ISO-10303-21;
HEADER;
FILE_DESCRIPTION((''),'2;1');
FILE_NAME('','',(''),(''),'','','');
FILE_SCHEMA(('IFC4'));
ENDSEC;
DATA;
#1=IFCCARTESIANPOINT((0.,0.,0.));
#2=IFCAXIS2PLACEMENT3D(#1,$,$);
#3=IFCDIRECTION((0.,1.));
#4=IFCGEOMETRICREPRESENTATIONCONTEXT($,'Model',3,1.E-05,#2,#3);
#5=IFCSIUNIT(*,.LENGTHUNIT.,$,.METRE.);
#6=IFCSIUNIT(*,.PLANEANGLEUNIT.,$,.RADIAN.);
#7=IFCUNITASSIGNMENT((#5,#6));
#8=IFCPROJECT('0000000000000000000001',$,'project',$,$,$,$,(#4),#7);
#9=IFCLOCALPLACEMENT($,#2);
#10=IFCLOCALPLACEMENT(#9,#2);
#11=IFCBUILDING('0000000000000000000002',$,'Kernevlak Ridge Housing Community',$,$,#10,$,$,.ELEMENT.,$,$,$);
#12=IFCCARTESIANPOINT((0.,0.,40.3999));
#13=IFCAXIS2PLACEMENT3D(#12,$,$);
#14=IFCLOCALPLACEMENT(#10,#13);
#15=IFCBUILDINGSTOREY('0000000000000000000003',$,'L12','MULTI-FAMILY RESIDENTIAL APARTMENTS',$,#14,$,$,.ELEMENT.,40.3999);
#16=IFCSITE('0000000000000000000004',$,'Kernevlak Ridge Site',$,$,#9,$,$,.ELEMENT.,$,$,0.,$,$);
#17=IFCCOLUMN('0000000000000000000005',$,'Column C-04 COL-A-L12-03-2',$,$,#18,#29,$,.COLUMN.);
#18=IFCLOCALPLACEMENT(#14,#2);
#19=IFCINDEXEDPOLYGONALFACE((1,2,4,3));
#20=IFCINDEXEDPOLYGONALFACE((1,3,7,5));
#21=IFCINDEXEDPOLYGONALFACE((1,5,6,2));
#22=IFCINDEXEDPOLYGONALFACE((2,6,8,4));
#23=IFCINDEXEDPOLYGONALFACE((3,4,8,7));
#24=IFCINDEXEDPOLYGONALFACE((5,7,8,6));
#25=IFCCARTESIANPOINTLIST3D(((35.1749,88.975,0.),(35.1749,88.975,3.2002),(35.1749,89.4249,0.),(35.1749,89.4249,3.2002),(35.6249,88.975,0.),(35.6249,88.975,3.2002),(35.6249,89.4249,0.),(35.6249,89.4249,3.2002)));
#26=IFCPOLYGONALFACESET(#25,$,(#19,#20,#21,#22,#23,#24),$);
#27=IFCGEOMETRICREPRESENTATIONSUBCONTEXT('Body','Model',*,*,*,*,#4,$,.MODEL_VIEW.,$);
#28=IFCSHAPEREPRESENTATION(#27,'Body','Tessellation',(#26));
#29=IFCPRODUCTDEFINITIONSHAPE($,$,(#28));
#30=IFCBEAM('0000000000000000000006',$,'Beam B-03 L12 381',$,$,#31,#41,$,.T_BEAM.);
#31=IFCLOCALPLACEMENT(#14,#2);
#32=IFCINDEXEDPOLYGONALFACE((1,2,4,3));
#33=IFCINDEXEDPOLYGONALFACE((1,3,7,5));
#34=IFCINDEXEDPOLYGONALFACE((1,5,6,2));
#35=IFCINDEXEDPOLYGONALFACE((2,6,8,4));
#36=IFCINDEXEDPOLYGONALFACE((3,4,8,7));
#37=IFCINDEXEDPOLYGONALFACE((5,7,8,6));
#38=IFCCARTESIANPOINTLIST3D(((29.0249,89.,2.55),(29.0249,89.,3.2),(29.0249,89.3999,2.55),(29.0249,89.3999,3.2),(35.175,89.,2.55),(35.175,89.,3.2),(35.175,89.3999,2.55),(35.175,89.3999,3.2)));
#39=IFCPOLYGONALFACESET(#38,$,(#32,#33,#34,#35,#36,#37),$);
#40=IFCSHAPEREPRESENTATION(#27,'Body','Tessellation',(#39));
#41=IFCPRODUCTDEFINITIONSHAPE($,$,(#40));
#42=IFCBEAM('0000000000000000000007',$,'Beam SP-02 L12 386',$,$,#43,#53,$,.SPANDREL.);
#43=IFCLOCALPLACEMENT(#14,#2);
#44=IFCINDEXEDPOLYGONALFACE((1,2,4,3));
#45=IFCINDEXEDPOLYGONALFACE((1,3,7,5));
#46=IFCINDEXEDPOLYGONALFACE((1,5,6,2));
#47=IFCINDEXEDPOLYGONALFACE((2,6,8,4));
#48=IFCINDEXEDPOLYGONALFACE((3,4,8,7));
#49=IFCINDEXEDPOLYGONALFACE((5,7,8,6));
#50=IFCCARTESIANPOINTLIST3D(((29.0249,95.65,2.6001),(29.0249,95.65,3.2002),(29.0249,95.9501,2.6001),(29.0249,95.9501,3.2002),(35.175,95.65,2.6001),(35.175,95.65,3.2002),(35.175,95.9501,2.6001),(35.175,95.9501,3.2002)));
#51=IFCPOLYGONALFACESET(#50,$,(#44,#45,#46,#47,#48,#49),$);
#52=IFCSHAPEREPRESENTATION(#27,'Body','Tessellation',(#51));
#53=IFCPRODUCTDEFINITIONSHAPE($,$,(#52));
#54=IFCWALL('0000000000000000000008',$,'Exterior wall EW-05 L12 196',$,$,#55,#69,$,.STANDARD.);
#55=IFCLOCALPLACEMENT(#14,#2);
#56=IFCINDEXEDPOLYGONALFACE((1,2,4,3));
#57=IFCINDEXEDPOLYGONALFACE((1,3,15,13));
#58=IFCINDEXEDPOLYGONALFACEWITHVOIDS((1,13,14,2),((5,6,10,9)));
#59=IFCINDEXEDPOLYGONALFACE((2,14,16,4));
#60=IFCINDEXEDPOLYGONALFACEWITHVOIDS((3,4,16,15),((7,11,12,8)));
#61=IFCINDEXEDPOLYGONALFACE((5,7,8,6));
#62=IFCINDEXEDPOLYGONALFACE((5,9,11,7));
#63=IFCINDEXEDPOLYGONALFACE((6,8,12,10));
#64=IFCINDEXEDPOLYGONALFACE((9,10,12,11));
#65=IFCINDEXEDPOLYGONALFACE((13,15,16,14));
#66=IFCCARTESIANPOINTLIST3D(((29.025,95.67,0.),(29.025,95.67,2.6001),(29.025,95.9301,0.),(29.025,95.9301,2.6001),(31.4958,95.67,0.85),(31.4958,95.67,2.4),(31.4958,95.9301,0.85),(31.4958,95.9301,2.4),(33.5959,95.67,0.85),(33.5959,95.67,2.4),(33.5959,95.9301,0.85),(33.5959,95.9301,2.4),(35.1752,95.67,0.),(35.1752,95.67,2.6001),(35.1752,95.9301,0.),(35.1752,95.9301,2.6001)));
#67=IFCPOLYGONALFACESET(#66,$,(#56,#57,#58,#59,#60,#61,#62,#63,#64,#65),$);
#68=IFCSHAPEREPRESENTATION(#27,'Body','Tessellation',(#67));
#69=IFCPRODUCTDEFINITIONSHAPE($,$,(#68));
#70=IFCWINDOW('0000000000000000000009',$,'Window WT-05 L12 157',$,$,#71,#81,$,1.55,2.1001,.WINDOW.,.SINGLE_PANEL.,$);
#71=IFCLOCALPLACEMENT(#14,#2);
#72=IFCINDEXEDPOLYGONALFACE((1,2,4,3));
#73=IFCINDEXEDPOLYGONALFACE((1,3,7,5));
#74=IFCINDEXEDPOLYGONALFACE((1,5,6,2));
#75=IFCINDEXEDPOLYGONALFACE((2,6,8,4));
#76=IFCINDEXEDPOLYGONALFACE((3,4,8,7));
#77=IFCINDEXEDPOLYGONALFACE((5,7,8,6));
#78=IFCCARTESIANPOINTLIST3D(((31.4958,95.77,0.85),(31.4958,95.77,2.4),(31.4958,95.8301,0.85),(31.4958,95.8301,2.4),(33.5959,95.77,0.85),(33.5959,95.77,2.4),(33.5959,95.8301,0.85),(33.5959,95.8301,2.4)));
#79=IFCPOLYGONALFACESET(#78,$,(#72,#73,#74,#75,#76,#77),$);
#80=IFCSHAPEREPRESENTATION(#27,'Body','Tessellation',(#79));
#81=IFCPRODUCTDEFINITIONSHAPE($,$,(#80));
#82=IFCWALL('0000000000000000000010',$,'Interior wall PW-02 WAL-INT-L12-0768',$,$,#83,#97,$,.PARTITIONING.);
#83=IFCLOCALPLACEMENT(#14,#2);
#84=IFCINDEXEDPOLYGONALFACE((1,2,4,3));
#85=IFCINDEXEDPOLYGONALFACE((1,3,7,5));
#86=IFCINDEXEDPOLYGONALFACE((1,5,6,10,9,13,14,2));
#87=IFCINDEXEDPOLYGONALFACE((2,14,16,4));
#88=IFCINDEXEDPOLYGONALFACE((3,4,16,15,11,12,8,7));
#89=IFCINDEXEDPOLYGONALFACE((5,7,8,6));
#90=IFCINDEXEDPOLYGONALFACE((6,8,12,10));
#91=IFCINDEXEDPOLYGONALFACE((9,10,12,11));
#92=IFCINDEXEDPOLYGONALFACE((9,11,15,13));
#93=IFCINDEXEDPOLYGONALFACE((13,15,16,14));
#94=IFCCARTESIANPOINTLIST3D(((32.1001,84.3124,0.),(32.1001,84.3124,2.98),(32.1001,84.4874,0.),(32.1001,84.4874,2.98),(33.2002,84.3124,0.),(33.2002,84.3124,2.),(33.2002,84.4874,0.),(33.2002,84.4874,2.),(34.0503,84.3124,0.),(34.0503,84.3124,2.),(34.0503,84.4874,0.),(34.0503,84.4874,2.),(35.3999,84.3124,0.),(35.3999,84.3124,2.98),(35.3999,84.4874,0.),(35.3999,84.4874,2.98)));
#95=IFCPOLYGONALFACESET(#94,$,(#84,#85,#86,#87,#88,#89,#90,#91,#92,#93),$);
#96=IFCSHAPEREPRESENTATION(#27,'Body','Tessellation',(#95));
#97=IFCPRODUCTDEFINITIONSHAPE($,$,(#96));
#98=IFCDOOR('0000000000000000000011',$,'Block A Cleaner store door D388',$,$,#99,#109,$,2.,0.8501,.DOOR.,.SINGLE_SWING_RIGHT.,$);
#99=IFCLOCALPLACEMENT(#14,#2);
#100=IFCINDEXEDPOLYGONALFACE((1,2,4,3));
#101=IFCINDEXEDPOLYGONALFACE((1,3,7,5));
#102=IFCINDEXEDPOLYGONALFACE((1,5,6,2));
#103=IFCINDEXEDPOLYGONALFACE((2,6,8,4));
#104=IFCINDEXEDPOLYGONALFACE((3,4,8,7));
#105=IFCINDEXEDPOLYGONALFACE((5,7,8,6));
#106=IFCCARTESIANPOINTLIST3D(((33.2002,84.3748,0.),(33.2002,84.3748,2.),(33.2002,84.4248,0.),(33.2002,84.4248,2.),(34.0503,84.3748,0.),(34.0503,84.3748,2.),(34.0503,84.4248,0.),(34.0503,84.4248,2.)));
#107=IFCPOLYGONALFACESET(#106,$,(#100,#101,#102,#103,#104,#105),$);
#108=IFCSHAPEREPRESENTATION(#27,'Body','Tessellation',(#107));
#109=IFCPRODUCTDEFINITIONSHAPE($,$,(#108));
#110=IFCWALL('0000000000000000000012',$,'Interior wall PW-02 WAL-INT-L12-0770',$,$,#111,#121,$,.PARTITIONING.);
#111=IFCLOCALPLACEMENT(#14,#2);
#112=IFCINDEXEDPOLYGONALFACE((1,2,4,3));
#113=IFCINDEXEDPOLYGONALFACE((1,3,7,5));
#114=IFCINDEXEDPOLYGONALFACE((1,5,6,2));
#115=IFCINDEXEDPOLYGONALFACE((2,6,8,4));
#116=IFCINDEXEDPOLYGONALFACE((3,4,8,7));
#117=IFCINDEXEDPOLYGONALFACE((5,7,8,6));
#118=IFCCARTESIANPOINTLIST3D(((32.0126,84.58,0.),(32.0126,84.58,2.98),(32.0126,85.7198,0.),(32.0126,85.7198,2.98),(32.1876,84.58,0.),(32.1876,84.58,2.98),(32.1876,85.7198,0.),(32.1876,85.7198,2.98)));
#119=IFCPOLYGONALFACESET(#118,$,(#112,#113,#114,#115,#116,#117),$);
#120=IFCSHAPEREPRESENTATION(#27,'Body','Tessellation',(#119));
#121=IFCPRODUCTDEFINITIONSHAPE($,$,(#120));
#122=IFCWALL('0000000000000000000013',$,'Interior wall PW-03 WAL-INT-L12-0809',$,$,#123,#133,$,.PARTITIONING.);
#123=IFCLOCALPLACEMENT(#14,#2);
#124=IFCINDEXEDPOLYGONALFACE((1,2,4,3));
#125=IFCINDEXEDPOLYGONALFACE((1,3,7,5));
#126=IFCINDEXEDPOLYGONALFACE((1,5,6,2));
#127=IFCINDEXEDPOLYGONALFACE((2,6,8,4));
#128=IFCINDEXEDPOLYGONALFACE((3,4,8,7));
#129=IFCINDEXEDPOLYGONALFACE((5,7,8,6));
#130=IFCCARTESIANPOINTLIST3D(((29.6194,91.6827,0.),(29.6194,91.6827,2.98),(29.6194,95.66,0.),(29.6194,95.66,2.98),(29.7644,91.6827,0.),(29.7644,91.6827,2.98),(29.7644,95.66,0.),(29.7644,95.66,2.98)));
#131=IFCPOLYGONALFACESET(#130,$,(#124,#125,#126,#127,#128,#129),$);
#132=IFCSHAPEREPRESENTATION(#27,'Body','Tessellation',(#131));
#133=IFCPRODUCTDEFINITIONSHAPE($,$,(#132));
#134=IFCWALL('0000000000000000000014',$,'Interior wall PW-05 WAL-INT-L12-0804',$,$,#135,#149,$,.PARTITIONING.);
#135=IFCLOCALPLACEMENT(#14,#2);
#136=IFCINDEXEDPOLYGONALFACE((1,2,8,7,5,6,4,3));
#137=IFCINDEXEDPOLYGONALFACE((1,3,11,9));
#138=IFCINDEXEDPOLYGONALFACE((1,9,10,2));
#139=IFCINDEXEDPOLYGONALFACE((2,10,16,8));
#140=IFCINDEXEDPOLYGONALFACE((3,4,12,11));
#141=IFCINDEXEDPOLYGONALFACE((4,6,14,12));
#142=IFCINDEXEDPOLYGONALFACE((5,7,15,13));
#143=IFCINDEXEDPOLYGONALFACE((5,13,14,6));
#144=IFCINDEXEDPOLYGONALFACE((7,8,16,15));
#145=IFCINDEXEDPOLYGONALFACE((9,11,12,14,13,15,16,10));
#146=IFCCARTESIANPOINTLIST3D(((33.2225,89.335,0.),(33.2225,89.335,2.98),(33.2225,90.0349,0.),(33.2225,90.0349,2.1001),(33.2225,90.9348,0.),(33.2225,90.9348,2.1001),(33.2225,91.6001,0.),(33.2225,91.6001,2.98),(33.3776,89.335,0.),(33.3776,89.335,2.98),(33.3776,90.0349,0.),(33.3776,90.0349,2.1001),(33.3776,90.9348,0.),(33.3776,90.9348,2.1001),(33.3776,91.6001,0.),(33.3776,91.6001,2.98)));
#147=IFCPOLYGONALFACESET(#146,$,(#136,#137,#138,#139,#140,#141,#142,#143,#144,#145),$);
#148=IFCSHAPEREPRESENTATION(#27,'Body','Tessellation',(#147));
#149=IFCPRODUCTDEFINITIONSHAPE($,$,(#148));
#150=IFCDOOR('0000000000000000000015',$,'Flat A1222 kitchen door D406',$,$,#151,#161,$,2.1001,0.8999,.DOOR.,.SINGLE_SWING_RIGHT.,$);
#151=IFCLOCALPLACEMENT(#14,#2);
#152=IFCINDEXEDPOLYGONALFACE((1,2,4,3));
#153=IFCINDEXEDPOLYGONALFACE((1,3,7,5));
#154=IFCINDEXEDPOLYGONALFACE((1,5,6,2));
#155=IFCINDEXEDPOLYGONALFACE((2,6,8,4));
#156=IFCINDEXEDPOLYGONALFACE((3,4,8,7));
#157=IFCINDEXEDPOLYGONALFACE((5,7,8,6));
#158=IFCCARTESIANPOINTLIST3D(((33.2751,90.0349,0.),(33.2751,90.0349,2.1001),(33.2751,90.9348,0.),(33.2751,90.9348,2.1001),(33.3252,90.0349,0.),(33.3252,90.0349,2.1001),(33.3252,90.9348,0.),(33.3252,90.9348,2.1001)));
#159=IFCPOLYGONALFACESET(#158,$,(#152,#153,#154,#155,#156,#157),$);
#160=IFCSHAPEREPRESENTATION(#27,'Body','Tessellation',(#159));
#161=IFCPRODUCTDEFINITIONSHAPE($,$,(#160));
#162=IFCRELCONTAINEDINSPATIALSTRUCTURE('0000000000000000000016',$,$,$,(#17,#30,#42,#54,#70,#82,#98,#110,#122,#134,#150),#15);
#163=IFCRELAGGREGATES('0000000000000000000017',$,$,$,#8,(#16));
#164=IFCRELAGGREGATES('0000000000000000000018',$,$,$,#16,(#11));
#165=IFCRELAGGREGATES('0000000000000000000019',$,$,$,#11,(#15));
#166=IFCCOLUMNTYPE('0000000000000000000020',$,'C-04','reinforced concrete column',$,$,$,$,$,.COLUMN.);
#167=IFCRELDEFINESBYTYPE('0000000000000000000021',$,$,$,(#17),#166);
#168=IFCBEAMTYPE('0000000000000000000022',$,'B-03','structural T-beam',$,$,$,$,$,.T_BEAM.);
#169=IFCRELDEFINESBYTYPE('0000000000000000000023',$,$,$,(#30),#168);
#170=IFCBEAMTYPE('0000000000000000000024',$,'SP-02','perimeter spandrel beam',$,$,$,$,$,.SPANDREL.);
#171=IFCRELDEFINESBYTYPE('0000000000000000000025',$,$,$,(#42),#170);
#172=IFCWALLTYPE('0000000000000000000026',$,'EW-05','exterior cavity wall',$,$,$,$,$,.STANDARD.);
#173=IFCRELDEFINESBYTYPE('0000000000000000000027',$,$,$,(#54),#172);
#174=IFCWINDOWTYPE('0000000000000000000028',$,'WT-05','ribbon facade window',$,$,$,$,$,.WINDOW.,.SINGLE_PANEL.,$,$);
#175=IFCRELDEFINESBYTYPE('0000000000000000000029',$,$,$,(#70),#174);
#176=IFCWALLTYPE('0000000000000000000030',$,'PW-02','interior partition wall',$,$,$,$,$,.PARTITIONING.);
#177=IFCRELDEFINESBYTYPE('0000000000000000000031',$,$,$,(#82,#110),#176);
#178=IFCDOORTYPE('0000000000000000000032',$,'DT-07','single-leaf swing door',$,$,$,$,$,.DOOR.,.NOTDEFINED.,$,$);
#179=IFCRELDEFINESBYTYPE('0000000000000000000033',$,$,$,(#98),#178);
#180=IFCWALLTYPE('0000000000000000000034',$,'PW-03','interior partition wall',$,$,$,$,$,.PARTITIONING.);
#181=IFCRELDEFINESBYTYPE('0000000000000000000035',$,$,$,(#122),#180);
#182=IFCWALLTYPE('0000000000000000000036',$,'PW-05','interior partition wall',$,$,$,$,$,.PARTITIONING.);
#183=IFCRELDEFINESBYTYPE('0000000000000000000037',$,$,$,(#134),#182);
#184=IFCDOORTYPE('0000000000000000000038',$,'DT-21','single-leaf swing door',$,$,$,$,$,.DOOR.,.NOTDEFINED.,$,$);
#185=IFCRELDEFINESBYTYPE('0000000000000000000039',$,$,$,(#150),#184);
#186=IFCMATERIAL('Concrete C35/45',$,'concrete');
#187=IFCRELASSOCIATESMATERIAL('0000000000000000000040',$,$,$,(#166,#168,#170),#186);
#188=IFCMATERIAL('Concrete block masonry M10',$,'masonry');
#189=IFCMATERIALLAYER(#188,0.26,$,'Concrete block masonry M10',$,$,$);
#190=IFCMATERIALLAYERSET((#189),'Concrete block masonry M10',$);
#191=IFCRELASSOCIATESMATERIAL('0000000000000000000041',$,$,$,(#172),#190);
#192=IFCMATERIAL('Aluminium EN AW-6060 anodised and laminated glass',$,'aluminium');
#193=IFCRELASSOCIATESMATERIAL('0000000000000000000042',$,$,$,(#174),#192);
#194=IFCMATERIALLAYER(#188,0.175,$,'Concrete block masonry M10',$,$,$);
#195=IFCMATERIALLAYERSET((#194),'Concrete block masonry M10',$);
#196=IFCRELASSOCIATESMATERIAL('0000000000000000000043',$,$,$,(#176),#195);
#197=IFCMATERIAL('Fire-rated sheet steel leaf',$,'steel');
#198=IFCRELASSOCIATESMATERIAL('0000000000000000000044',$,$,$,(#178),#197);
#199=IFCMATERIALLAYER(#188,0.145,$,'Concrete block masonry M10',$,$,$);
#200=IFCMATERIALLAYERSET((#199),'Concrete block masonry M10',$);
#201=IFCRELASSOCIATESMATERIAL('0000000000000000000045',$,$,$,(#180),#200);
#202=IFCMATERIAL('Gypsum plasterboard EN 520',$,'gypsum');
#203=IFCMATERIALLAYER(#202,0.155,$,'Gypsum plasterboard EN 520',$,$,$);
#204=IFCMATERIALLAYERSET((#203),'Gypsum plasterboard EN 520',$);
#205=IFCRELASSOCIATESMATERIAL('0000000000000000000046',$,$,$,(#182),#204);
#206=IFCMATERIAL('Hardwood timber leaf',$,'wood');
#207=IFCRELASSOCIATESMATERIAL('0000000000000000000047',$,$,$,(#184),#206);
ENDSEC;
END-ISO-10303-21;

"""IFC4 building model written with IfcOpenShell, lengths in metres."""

from ifc_helpers import new_model, si_unit, direction, frame, frame_2d, origin, origin_2d, place, context, subcontext, project, spatial, rectangle, extrude, material, layer, layer_set, material_profile, profile_set, type_object, element, fill, save


model = new_model("IFC4")

# Units and contexts
model_context = context("Model", 3, precision=1e-05, world=origin(), true_north=direction((0.0, 1.0)))
body_context = subcontext(model_context, "Body", "Model", "MODEL_VIEW")
ifc_project = project(units=[si_unit("LENGTHUNIT", "METRE"), si_unit("PLANEANGLEUNIT", "RADIAN")], contexts=[model_context])

# Site, building, storey
site_placement = place(None, origin())
site = spatial("IfcSite", under=ifc_project, at=site_placement, Name="Kernevlak Ridge Site", CompositionType="ELEMENT", RefElevation=0.0)
building_placement = place(site_placement, origin())
building = spatial("IfcBuilding", under=site, at=building_placement, Name="Kernevlak Ridge Housing Community", CompositionType="ELEMENT")
storey_placement = place(building_placement, frame((0.0, 0.0, 40.3999)))
storey = spatial("IfcBuildingStorey", under=building, at=storey_placement, Name="L12", Description="MULTI-FAMILY RESIDENTIAL APARTMENTS", CompositionType="ELEMENT", Elevation=40.3999)

# Column
ifc_material_1 = material(Name="Concrete C35/45", Category="concrete")
ifc_material_profile_1 = material_profile(ifc_material_1, rectangle(XDim=0.45, YDim=0.45, at=origin_2d()), Name="RC 450x450")
ifc_profile_set_1 = profile_set([ifc_material_profile_1], Name="Concrete C35/45")
column_type = type_object("IfcColumnType", Name="C-04", Description="reinforced concrete column", PredefinedType="COLUMN", material=ifc_profile_set_1)
column_placement = place(storey_placement, frame((35.3999, 89.2, 0.0), z_axis=(0.0, 0.0, 1.0), x_axis=(1.0, 0.0, 0.0)))
element("IfcColumn", 1, at=column_placement, inside=storey, type_object=column_type, Name="Column C-04 COL-A-L12-03-2", PredefinedType="COLUMN", context=body_context, shape_type="SweptSolid", body=[
    extrude(rectangle(XDim=0.45, YDim=0.45, at=origin_2d()), origin(), (0.0, 0.0, 1.0), 3.2002),
])

# Beams
ifc_material_profile_2 = material_profile(ifc_material_1, rectangle(XDim=0.3999, YDim=0.6499, at=origin_2d()), Name="RC 400x650")
ifc_profile_set_2 = profile_set([ifc_material_profile_2], Name="Concrete C35/45")
beam_type_1 = type_object("IfcBeamType", Name="B-03", Description="structural T-beam", PredefinedType="T_BEAM", material=ifc_profile_set_2)
beam_1_placement = place(storey_placement, frame((29.0249, 89.2, 2.875), z_axis=(1.0, 0.0, 0.0), x_axis=(0.0, 1.0, 0.0)))
element("IfcBeam", 2, at=beam_1_placement, inside=storey, type_object=beam_type_1, Name="Beam B-03 L12 381", PredefinedType="T_BEAM", context=body_context, shape_type="SweptSolid", body=[
    extrude(rectangle(XDim=0.3999, YDim=0.6499, at=origin_2d()), origin(), (0.0, 0.0, 1.0), 6.1501),
])
ifc_material_profile_3 = material_profile(ifc_material_1, rectangle(XDim=0.3, YDim=0.6001, at=origin_2d()), Name="RC 300x600")
ifc_profile_set_3 = profile_set([ifc_material_profile_3], Name="Concrete C35/45")
beam_type_2 = type_object("IfcBeamType", Name="SP-02", Description="perimeter spandrel beam", PredefinedType="SPANDREL", material=ifc_profile_set_3)
beam_2_placement = place(storey_placement, frame((29.0249, 95.8, 2.9001), z_axis=(1.0, 0.0, 0.0), x_axis=(0.0, 1.0, 0.0)))
element("IfcBeam", 3, at=beam_2_placement, inside=storey, type_object=beam_type_2, Name="Beam SP-02 L12 386", PredefinedType="SPANDREL", context=body_context, shape_type="SweptSolid", body=[
    extrude(rectangle(XDim=0.3, YDim=0.6001, at=origin_2d()), origin(), (0.0, 0.0, 1.0), 6.1501),
])

# Wall, opening, window
ifc_material_2 = material(Name="Concrete block masonry M10", Category="masonry")
ifc_layer_1 = layer(ifc_material_2, 0.26, Name="Concrete block masonry M10")
ifc_layer_set_1 = layer_set([ifc_layer_1], Name="Concrete block masonry M10")
wall_type_1 = type_object("IfcWallType", Name="EW-05", Description="exterior cavity wall", PredefinedType="STANDARD", material=ifc_layer_set_1)
wall_1_placement = place(storey_placement, frame((29.0249, 95.8, 0.0), z_axis=(0.0, 0.0, 1.0), x_axis=(1.0, 0.0, 0.0)))
wall_1 = element("IfcWall", 4, at=wall_1_placement, inside=storey, type_object=wall_type_1, Name="Exterior wall EW-05 L12 196", PredefinedType="STANDARD", context=body_context, shape_type="SweptSolid", body=[
    extrude(rectangle(XDim=6.1501, YDim=0.26, at=frame_2d((3.0752, 0.0))), origin(), (0.0, 0.0, 1.0), 2.6001),
])
opening_1_placement = place(wall_1_placement, frame((2.4709, 0.0, 0.8501)))
opening_1 = element("IfcOpeningElement", 5, at=opening_1_placement, cuts=wall_1, PredefinedType="OPENING", context=body_context, shape_type="SweptSolid", body=[
    extrude(rectangle(XDim=2.1001, YDim=1.55, at=frame_2d((1.05, 0.7749))), frame((0.0, 0.1399, 0.0), z_axis=(0.0, -1.0, 0.0), x_axis=(1.0, 0.0, 0.0)), (0.0, 0.0, 1.0), 0.28),
])
ifc_material_3 = material(Name="Aluminium EN AW-6060 anodised and laminated glass", Category="aluminium")
window_type = type_object("IfcWindowType", Name="WT-05", Description="ribbon facade window", PartitioningType="SINGLE_PANEL", PredefinedType="WINDOW", material=ifc_material_3)
window_placement = place(opening_1_placement, origin())
window = element("IfcWindow", 6, at=window_placement, inside=storey, type_object=window_type, Name="Window WT-05 L12 157", OverallHeight=1.55, OverallWidth=2.1001, PartitioningType="SINGLE_PANEL", PredefinedType="WINDOW", context=body_context, shape_type="SweptSolid", body=[
    extrude(rectangle(XDim=2.1001, YDim=1.55, at=frame_2d((1.05, 0.7749))), frame((0.0, 0.03, 0.0), z_axis=(0.0, -1.0, 0.0), x_axis=(1.0, 0.0, 0.0)), (0.0, 0.0, 1.0), 0.0601),
])
fill(opening_1, window)

# Wall, opening, door
ifc_layer_2 = layer(ifc_material_2, 0.175, Name="Concrete block masonry M10")
ifc_layer_set_2 = layer_set([ifc_layer_2], Name="Concrete block masonry M10")
wall_type_2 = type_object("IfcWallType", Name="PW-02", Description="interior partition wall", PredefinedType="PARTITIONING", material=ifc_layer_set_2)
wall_2_placement = place(storey_placement, frame((32.1001, 84.3999, 0.0), z_axis=(0.0, 0.0, 1.0), x_axis=(1.0, 0.0, 0.0)))
wall_2 = element("IfcWall", 7, at=wall_2_placement, inside=storey, type_object=wall_type_2, Name="Interior wall PW-02 WAL-INT-L12-0768", PredefinedType="PARTITIONING", context=body_context, shape_type="SweptSolid", body=[
    extrude(rectangle(XDim=3.2998, YDim=0.175, at=frame_2d((1.6499, 0.0))), origin(), (0.0, 0.0, 1.0), 2.98),
])
opening_2_placement = place(wall_2_placement, frame((1.1001, 0.0, 0.0)))
opening_2 = element("IfcOpeningElement", 8, at=opening_2_placement, cuts=wall_2, PredefinedType="OPENING", context=body_context, shape_type="SweptSolid", body=[
    extrude(rectangle(XDim=0.8501, YDim=2.0, at=frame_2d((0.425, 1.0))), frame((0.0, 0.0974, 0.0), z_axis=(0.0, -1.0, 0.0), x_axis=(1.0, 0.0, 0.0)), (0.0, 0.0, 1.0), 0.1951),
])
ifc_material_4 = material(Name="Fire-rated sheet steel leaf", Category="steel")
door_type_1 = type_object("IfcDoorType", Name="DT-07", Description="single-leaf swing door", OperationType="NOTDEFINED", PredefinedType="DOOR", material=ifc_material_4)
door_1_placement = place(opening_2_placement, origin())
door_1 = element("IfcDoor", 9, at=door_1_placement, inside=storey, type_object=door_type_1, Name="Block A Cleaner store door D388", OperationType="SINGLE_SWING_RIGHT", OverallHeight=2.0, OverallWidth=0.8501, PredefinedType="DOOR", context=body_context, shape_type="SweptSolid", body=[
    extrude(rectangle(XDim=0.8501, YDim=2.0, at=frame_2d((0.425, 1.0))), frame((0.0, 0.0249, 0.0), z_axis=(0.0, -1.0, 0.0), x_axis=(1.0, 0.0, 0.0)), (0.0, 0.0, 1.0), 0.05),
])
fill(opening_2, door_1)

# Walls
wall_3_placement = place(storey_placement, frame((32.1001, 84.5801, 0.0), z_axis=(0.0, 0.0, 1.0), x_axis=(0.0, 1.0, 0.0)))
element("IfcWall", 10, at=wall_3_placement, inside=storey, type_object=wall_type_2, Name="Interior wall PW-02 WAL-INT-L12-0770", PredefinedType="PARTITIONING", context=body_context, shape_type="SweptSolid", body=[
    extrude(rectangle(XDim=1.1399, YDim=0.175, at=frame_2d((0.5698, 0.0))), origin(), (0.0, 0.0, 1.0), 2.98),
])
ifc_layer_3 = layer(ifc_material_2, 0.145, Name="Concrete block masonry M10")
ifc_layer_set_3 = layer_set([ifc_layer_3], Name="Concrete block masonry M10")
wall_type_3 = type_object("IfcWallType", Name="PW-03", Description="interior partition wall", PredefinedType="PARTITIONING", material=ifc_layer_set_3)
wall_4_placement = place(storey_placement, frame((29.6919, 91.6826, 0.0), z_axis=(0.0, 0.0, 1.0), x_axis=(0.0, 1.0, 0.0)))
element("IfcWall", 11, at=wall_4_placement, inside=storey, type_object=wall_type_3, Name="Interior wall PW-03 WAL-INT-L12-0809", PredefinedType="PARTITIONING", context=body_context, shape_type="SweptSolid", body=[
    extrude(rectangle(XDim=3.9773, YDim=0.145, at=frame_2d((1.9888, 0.0))), origin(), (0.0, 0.0, 1.0), 2.98),
])

# Wall, opening, door
ifc_material_5 = material(Name="Gypsum plasterboard EN 520", Category="gypsum")
ifc_layer_4 = layer(ifc_material_5, 0.155, Name="Gypsum plasterboard EN 520")
ifc_layer_set_4 = layer_set([ifc_layer_4], Name="Gypsum plasterboard EN 520")
wall_type_4 = type_object("IfcWallType", Name="PW-05", Description="interior partition wall", PredefinedType="PARTITIONING", material=ifc_layer_set_4)
wall_5_placement = place(storey_placement, frame((33.3, 89.335, 0.0), z_axis=(0.0, 0.0, 1.0), x_axis=(0.0, 1.0, 0.0)))
wall_5 = element("IfcWall", 12, at=wall_5_placement, inside=storey, type_object=wall_type_4, Name="Interior wall PW-05 WAL-INT-L12-0804", PredefinedType="PARTITIONING", context=body_context, shape_type="SweptSolid", body=[
    extrude(rectangle(XDim=2.2651, YDim=0.155, at=frame_2d((1.1326, 0.0))), origin(), (0.0, 0.0, 1.0), 2.98),
])
opening_3_placement = place(wall_5_placement, frame((0.7, 0.0, 0.0)))
opening_3 = element("IfcOpeningElement", 13, at=opening_3_placement, cuts=wall_5, PredefinedType="OPENING", context=body_context, shape_type="SweptSolid", body=[
    extrude(rectangle(XDim=0.8999, YDim=2.1001, at=frame_2d((0.45, 1.05))), frame((0.0, 0.0874, 0.0), z_axis=(0.0, -1.0, 0.0), x_axis=(1.0, 0.0, 0.0)), (0.0, 0.0, 1.0), 0.175),
])
ifc_material_6 = material(Name="Hardwood timber leaf", Category="wood")
door_type_2 = type_object("IfcDoorType", Name="DT-21", Description="single-leaf swing door", OperationType="NOTDEFINED", PredefinedType="DOOR", material=ifc_material_6)
door_2_placement = place(opening_3_placement, origin())
door_2 = element("IfcDoor", 14, at=door_2_placement, inside=storey, type_object=door_type_2, Name="Flat A1222 kitchen door D406", OperationType="SINGLE_SWING_RIGHT", OverallHeight=2.1001, OverallWidth=0.8999, PredefinedType="DOOR", context=body_context, shape_type="SweptSolid", body=[
    extrude(rectangle(XDim=0.8999, YDim=2.1001, at=frame_2d((0.45, 1.05))), frame((0.0, 0.0249, 0.0), z_axis=(0.0, -1.0, 0.0), x_axis=(1.0, 0.0, 0.0)), (0.0, 0.0, 1.0), 0.05),
])
fill(opening_3, door_2)

save(model, "model.ifc")
